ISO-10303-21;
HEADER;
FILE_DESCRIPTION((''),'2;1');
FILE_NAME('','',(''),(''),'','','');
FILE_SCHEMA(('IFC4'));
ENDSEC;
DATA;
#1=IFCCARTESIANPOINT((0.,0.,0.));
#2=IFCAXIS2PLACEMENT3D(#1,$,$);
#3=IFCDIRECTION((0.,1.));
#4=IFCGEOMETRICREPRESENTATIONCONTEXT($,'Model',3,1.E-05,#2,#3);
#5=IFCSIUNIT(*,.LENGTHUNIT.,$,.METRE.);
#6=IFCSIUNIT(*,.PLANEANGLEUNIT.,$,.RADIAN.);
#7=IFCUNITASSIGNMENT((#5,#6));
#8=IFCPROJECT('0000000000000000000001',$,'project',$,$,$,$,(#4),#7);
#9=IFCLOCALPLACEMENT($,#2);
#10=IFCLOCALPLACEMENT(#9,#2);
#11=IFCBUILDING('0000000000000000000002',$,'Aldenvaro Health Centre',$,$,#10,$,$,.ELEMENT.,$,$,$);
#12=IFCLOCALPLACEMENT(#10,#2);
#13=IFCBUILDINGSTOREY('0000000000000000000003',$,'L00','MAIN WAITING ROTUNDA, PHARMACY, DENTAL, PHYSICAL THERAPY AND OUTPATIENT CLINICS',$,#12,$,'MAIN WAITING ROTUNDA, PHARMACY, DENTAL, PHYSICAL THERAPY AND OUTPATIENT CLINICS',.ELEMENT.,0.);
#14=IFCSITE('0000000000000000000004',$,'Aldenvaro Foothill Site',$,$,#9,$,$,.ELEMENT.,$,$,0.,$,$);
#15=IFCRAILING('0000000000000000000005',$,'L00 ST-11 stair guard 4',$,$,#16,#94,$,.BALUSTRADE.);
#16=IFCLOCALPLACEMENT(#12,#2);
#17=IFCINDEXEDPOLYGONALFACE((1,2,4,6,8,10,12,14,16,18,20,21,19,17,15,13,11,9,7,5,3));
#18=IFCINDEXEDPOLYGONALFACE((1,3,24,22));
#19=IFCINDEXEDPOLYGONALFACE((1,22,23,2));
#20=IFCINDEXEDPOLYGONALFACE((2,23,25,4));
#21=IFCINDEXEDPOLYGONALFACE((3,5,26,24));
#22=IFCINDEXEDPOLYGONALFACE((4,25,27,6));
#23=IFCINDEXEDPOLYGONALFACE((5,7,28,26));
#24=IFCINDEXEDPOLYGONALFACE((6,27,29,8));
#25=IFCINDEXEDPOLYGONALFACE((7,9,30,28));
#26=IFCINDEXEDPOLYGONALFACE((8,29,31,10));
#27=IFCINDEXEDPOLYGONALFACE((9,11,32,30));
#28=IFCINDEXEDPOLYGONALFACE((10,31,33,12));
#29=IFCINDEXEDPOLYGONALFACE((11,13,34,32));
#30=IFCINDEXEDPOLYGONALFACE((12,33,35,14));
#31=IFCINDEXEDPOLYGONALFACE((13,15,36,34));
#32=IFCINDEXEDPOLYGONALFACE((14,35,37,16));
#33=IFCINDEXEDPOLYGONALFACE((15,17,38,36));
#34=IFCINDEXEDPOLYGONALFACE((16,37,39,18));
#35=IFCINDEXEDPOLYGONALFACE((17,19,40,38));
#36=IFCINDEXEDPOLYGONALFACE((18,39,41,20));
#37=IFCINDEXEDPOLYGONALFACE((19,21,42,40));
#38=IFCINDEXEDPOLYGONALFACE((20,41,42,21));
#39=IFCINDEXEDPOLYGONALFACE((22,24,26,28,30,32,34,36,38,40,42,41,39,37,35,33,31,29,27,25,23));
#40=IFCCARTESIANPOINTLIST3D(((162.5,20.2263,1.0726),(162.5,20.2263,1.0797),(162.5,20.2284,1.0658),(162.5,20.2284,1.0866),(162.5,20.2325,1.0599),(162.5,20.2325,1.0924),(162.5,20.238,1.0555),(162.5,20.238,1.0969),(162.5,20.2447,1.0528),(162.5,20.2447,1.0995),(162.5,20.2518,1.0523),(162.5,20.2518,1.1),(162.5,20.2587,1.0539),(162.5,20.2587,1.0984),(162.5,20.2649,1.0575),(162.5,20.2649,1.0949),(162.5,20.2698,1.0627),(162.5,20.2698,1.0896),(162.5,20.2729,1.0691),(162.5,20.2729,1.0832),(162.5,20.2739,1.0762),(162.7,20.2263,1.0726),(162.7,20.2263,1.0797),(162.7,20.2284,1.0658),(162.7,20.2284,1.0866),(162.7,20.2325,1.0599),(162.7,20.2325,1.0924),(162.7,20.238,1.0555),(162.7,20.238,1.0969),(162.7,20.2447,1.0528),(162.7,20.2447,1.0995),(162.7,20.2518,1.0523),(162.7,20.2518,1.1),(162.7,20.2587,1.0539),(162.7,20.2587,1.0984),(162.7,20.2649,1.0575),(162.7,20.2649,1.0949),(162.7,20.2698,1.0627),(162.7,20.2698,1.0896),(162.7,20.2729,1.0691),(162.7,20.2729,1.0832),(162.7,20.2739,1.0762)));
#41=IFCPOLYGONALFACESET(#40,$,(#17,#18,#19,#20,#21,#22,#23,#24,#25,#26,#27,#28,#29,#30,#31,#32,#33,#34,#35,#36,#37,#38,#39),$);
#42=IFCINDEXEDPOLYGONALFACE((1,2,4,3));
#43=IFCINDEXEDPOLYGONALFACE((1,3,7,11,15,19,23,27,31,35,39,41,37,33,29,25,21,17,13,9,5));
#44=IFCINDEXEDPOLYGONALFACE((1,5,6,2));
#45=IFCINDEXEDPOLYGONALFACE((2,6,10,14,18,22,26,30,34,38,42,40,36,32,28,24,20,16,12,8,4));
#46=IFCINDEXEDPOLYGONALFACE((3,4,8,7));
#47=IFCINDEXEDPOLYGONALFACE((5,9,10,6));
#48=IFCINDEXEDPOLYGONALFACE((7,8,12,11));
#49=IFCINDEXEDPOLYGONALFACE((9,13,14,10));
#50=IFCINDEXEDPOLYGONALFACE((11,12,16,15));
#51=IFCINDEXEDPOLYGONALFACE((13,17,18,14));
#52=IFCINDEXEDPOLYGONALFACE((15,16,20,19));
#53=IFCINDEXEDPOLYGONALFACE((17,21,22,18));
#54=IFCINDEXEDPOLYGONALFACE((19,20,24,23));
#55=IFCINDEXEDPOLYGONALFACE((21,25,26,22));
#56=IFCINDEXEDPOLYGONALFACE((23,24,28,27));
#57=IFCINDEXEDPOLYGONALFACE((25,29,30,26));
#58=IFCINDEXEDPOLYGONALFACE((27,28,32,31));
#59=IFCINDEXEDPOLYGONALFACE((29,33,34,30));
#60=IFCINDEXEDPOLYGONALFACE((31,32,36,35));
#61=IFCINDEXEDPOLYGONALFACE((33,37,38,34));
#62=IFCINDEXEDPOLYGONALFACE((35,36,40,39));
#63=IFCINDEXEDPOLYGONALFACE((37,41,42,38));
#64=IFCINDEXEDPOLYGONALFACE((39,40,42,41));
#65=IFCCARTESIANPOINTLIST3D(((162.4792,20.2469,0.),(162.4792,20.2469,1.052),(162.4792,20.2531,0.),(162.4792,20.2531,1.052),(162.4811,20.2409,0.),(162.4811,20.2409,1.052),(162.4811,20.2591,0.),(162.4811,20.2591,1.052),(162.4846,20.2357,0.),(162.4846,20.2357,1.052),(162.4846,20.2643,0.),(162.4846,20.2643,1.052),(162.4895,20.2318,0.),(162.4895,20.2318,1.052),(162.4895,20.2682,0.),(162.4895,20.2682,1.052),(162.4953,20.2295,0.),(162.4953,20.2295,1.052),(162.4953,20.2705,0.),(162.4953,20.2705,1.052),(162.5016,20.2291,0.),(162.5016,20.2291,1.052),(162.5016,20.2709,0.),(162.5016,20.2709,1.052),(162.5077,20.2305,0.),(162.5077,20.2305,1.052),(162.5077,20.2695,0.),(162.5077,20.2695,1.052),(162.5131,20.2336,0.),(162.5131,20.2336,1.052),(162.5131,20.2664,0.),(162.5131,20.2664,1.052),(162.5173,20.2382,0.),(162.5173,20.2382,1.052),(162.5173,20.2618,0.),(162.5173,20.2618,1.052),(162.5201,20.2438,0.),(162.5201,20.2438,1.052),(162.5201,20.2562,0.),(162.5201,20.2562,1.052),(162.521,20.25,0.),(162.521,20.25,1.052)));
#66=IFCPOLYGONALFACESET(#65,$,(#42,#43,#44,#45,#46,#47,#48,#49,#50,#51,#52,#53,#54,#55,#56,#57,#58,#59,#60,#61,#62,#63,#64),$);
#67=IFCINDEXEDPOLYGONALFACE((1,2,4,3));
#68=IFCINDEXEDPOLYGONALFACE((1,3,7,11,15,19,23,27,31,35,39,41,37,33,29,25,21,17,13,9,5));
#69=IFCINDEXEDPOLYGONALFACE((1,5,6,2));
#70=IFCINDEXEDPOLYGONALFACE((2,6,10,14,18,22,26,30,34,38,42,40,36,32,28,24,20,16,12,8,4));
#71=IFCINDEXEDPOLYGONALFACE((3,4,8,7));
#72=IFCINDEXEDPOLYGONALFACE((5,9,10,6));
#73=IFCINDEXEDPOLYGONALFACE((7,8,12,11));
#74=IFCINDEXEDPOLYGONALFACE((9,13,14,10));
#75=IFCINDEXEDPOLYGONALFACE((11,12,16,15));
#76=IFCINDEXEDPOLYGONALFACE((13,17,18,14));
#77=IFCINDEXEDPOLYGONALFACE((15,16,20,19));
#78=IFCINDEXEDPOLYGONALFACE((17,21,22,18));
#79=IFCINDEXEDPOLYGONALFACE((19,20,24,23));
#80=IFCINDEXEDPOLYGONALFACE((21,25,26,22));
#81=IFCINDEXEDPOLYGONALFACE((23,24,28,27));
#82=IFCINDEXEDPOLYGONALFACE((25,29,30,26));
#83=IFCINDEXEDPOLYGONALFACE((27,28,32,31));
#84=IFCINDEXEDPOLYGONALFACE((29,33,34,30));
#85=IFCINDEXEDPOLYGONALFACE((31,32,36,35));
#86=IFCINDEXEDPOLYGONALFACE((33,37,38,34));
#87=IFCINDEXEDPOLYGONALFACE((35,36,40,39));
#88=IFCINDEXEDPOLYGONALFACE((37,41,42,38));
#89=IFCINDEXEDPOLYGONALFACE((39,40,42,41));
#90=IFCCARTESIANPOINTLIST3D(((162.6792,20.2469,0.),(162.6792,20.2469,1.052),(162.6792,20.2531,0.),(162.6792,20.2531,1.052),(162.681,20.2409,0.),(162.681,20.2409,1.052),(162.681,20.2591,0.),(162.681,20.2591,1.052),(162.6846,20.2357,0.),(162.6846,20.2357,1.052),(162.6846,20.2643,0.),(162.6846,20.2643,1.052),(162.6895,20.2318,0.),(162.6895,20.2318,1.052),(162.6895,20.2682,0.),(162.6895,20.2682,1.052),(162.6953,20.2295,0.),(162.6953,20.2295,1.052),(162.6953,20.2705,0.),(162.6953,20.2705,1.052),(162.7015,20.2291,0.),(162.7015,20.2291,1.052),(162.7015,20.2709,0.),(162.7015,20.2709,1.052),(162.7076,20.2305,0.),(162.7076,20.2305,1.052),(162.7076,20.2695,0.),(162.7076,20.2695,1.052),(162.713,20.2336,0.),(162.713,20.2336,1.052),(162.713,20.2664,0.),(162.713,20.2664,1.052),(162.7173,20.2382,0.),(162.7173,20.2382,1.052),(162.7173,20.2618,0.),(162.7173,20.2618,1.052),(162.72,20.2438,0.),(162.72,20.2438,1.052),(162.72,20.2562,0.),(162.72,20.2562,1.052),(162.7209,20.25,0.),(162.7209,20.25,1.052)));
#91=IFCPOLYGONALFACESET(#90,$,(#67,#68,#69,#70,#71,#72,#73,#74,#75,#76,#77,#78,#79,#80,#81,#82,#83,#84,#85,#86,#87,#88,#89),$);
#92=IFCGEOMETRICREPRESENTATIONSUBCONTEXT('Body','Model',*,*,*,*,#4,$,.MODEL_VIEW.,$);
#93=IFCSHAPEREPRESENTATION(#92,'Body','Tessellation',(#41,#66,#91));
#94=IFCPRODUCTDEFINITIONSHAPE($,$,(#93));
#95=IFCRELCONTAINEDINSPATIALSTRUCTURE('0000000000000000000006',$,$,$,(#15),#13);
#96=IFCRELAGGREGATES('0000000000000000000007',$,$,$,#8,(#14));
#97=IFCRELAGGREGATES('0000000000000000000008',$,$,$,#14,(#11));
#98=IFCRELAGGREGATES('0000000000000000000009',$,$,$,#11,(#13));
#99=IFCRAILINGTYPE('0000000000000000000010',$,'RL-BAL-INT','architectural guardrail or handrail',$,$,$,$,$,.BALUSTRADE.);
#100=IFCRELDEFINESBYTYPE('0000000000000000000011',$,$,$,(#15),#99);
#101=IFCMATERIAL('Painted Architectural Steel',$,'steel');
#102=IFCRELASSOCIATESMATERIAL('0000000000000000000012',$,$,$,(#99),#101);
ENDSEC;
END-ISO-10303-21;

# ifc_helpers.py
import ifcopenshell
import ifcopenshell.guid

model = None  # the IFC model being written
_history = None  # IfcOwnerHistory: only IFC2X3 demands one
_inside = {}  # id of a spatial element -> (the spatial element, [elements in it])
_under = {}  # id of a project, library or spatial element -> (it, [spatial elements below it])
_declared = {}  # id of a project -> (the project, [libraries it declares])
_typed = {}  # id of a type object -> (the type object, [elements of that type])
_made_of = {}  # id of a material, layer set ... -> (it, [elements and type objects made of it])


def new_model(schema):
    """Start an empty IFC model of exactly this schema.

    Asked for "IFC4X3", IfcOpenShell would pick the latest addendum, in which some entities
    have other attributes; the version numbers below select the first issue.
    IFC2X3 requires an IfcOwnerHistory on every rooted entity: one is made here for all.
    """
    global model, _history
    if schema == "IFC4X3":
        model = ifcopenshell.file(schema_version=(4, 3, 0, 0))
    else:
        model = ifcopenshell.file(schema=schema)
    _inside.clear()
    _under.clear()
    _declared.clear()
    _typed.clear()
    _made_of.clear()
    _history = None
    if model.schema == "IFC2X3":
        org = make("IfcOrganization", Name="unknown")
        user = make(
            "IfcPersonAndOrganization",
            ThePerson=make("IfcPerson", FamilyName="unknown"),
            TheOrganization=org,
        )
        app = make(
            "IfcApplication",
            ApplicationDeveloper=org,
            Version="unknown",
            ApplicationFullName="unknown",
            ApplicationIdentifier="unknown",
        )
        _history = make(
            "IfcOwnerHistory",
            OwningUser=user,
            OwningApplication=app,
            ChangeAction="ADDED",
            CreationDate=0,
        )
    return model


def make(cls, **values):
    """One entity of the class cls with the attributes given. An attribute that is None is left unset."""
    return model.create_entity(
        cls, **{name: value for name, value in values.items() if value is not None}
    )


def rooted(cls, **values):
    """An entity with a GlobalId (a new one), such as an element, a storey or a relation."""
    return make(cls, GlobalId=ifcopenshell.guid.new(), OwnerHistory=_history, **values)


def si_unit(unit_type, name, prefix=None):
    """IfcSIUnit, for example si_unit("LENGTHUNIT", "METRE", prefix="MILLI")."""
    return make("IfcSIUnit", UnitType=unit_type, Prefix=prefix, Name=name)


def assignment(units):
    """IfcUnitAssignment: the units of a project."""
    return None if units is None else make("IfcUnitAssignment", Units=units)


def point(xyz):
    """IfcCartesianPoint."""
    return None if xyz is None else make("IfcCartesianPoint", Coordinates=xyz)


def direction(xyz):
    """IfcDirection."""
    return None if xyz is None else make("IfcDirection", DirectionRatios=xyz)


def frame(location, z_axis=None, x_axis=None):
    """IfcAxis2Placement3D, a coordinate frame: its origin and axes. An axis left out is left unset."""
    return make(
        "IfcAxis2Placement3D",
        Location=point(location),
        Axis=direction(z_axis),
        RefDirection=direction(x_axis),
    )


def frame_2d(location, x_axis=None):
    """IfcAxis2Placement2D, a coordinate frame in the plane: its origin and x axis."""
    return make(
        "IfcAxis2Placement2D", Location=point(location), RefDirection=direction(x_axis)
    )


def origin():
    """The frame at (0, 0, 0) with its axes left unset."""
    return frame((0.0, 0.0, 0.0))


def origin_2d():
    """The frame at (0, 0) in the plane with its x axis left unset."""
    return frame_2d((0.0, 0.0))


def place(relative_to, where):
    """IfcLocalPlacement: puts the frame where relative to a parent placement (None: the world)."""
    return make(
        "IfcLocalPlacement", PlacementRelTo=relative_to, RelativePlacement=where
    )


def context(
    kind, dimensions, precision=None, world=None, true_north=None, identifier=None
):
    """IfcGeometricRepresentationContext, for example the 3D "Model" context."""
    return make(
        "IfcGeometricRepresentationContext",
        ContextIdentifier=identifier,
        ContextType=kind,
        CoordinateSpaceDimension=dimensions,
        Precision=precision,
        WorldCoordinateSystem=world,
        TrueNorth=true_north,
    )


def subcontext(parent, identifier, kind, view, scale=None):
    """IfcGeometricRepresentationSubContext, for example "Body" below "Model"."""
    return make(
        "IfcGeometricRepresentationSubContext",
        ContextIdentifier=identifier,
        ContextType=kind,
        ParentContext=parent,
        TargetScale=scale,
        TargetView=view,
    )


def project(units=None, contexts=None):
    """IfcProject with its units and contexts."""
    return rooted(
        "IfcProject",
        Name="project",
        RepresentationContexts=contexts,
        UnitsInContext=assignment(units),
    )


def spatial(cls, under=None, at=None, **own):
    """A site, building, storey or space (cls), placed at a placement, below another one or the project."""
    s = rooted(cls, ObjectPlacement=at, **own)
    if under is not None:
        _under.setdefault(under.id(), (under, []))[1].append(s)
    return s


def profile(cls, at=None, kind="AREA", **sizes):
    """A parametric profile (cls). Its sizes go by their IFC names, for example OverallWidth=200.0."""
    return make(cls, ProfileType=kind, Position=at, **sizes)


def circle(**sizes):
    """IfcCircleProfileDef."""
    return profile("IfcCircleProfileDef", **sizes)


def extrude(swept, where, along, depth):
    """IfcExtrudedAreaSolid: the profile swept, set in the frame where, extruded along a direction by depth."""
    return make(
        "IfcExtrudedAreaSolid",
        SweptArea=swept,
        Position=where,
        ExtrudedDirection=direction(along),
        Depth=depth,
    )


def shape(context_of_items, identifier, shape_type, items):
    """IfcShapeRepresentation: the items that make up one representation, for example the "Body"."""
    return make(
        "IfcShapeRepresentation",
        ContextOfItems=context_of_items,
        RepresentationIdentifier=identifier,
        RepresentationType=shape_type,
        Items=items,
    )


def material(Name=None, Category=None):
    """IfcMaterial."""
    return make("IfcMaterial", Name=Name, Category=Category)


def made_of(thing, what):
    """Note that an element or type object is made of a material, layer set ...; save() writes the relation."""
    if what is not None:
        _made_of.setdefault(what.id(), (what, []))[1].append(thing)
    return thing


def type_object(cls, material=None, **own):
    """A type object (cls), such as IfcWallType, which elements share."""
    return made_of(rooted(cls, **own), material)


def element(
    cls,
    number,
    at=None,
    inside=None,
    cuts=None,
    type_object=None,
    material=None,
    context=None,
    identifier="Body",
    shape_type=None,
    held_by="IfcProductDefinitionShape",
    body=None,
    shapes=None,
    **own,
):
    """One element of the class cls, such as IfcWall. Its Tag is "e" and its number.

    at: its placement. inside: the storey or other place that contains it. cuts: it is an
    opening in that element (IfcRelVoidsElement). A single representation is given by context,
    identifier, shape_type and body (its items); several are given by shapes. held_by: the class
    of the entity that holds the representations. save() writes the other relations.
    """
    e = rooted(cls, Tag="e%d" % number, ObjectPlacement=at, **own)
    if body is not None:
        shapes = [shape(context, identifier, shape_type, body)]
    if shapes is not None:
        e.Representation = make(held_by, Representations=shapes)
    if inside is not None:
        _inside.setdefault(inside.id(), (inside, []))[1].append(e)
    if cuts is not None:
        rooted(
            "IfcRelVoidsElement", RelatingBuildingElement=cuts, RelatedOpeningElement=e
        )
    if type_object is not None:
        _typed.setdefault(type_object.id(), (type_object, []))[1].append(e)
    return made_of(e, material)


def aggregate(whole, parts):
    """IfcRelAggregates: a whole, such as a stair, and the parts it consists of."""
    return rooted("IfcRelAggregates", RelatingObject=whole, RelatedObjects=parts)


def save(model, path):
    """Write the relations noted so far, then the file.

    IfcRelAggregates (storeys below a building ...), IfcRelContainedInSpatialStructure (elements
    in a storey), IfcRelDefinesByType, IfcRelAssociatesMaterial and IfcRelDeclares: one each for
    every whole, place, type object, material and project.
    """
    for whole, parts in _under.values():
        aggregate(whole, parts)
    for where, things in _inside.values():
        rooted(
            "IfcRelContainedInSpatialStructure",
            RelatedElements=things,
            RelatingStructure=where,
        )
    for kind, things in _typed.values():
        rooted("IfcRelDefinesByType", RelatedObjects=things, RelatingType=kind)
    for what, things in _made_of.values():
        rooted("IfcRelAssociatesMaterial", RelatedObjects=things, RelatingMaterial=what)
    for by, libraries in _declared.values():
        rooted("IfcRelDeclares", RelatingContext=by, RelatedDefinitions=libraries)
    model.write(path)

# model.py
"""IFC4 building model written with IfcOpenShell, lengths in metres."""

from ifc_helpers import new_model, si_unit, direction, frame, origin, origin_2d, place, context, subcontext, project, spatial, circle, extrude, material, type_object, element, save


model = new_model("IFC4")

# Units and contexts
model_context = context("Model", 3, precision=1e-05, world=origin(), true_north=direction((0.0, 1.0)))
body_context = subcontext(model_context, "Body", "Model", "MODEL_VIEW")
ifc_project = project(units=[si_unit("LENGTHUNIT", "METRE"), si_unit("PLANEANGLEUNIT", "RADIAN")], contexts=[model_context])

# Site, building, storey
site_placement = place(None, origin())
site = spatial("IfcSite", under=ifc_project, at=site_placement, Name="Aldenvaro Foothill Site", CompositionType="ELEMENT", RefElevation=0.0)
building_placement = place(site_placement, origin())
building = spatial("IfcBuilding", under=site, at=building_placement, Name="Aldenvaro Health Centre", CompositionType="ELEMENT")
storey_placement = place(building_placement, origin())
storey = spatial("IfcBuildingStorey", under=building, at=storey_placement, Name="L00", Description="MAIN WAITING ROTUNDA, PHARMACY, DENTAL, PHYSICAL THERAPY AND OUTPATIENT CLINICS", LongName="MAIN WAITING ROTUNDA, PHARMACY, DENTAL, PHYSICAL THERAPY AND OUTPATIENT CLINICS", CompositionType="ELEMENT", Elevation=0.0)

# Railing
ifc_material_1 = material(Name="Painted Architectural Steel", Category="steel")
railing_type_1 = type_object("IfcRailingType", Name="RL-BAL-INT", Description="architectural guardrail or handrail", PredefinedType="BALUSTRADE", material=ifc_material_1)
railing_1_placement = place(storey_placement, frame((162.5, 20.25, 0.0)))
element("IfcRailing", 1, at=railing_1_placement, inside=storey, type_object=railing_type_1, Name="L00 ST-11 stair guard 4", PredefinedType="BALUSTRADE", context=body_context, shape_type="SweptSolid", body=[
    extrude(circle(Radius=0.0239, at=origin_2d()), frame((0.0, 0.0, 1.0762), z_axis=(1.0, 0.0, 0.0), x_axis=(0.0, 1.0, 0.0)), (0.0, 0.0, 1.0), 0.2),
    extrude(circle(Radius=0.021, at=origin_2d()), origin(), (0.0, 0.0, 1.0), 1.052),
    extrude(circle(Radius=0.021, at=origin_2d()), frame((0.2, 0.0, 0.0)), (0.0, 0.0, 1.0), 1.052),
])

save(model, "model.ifc")
